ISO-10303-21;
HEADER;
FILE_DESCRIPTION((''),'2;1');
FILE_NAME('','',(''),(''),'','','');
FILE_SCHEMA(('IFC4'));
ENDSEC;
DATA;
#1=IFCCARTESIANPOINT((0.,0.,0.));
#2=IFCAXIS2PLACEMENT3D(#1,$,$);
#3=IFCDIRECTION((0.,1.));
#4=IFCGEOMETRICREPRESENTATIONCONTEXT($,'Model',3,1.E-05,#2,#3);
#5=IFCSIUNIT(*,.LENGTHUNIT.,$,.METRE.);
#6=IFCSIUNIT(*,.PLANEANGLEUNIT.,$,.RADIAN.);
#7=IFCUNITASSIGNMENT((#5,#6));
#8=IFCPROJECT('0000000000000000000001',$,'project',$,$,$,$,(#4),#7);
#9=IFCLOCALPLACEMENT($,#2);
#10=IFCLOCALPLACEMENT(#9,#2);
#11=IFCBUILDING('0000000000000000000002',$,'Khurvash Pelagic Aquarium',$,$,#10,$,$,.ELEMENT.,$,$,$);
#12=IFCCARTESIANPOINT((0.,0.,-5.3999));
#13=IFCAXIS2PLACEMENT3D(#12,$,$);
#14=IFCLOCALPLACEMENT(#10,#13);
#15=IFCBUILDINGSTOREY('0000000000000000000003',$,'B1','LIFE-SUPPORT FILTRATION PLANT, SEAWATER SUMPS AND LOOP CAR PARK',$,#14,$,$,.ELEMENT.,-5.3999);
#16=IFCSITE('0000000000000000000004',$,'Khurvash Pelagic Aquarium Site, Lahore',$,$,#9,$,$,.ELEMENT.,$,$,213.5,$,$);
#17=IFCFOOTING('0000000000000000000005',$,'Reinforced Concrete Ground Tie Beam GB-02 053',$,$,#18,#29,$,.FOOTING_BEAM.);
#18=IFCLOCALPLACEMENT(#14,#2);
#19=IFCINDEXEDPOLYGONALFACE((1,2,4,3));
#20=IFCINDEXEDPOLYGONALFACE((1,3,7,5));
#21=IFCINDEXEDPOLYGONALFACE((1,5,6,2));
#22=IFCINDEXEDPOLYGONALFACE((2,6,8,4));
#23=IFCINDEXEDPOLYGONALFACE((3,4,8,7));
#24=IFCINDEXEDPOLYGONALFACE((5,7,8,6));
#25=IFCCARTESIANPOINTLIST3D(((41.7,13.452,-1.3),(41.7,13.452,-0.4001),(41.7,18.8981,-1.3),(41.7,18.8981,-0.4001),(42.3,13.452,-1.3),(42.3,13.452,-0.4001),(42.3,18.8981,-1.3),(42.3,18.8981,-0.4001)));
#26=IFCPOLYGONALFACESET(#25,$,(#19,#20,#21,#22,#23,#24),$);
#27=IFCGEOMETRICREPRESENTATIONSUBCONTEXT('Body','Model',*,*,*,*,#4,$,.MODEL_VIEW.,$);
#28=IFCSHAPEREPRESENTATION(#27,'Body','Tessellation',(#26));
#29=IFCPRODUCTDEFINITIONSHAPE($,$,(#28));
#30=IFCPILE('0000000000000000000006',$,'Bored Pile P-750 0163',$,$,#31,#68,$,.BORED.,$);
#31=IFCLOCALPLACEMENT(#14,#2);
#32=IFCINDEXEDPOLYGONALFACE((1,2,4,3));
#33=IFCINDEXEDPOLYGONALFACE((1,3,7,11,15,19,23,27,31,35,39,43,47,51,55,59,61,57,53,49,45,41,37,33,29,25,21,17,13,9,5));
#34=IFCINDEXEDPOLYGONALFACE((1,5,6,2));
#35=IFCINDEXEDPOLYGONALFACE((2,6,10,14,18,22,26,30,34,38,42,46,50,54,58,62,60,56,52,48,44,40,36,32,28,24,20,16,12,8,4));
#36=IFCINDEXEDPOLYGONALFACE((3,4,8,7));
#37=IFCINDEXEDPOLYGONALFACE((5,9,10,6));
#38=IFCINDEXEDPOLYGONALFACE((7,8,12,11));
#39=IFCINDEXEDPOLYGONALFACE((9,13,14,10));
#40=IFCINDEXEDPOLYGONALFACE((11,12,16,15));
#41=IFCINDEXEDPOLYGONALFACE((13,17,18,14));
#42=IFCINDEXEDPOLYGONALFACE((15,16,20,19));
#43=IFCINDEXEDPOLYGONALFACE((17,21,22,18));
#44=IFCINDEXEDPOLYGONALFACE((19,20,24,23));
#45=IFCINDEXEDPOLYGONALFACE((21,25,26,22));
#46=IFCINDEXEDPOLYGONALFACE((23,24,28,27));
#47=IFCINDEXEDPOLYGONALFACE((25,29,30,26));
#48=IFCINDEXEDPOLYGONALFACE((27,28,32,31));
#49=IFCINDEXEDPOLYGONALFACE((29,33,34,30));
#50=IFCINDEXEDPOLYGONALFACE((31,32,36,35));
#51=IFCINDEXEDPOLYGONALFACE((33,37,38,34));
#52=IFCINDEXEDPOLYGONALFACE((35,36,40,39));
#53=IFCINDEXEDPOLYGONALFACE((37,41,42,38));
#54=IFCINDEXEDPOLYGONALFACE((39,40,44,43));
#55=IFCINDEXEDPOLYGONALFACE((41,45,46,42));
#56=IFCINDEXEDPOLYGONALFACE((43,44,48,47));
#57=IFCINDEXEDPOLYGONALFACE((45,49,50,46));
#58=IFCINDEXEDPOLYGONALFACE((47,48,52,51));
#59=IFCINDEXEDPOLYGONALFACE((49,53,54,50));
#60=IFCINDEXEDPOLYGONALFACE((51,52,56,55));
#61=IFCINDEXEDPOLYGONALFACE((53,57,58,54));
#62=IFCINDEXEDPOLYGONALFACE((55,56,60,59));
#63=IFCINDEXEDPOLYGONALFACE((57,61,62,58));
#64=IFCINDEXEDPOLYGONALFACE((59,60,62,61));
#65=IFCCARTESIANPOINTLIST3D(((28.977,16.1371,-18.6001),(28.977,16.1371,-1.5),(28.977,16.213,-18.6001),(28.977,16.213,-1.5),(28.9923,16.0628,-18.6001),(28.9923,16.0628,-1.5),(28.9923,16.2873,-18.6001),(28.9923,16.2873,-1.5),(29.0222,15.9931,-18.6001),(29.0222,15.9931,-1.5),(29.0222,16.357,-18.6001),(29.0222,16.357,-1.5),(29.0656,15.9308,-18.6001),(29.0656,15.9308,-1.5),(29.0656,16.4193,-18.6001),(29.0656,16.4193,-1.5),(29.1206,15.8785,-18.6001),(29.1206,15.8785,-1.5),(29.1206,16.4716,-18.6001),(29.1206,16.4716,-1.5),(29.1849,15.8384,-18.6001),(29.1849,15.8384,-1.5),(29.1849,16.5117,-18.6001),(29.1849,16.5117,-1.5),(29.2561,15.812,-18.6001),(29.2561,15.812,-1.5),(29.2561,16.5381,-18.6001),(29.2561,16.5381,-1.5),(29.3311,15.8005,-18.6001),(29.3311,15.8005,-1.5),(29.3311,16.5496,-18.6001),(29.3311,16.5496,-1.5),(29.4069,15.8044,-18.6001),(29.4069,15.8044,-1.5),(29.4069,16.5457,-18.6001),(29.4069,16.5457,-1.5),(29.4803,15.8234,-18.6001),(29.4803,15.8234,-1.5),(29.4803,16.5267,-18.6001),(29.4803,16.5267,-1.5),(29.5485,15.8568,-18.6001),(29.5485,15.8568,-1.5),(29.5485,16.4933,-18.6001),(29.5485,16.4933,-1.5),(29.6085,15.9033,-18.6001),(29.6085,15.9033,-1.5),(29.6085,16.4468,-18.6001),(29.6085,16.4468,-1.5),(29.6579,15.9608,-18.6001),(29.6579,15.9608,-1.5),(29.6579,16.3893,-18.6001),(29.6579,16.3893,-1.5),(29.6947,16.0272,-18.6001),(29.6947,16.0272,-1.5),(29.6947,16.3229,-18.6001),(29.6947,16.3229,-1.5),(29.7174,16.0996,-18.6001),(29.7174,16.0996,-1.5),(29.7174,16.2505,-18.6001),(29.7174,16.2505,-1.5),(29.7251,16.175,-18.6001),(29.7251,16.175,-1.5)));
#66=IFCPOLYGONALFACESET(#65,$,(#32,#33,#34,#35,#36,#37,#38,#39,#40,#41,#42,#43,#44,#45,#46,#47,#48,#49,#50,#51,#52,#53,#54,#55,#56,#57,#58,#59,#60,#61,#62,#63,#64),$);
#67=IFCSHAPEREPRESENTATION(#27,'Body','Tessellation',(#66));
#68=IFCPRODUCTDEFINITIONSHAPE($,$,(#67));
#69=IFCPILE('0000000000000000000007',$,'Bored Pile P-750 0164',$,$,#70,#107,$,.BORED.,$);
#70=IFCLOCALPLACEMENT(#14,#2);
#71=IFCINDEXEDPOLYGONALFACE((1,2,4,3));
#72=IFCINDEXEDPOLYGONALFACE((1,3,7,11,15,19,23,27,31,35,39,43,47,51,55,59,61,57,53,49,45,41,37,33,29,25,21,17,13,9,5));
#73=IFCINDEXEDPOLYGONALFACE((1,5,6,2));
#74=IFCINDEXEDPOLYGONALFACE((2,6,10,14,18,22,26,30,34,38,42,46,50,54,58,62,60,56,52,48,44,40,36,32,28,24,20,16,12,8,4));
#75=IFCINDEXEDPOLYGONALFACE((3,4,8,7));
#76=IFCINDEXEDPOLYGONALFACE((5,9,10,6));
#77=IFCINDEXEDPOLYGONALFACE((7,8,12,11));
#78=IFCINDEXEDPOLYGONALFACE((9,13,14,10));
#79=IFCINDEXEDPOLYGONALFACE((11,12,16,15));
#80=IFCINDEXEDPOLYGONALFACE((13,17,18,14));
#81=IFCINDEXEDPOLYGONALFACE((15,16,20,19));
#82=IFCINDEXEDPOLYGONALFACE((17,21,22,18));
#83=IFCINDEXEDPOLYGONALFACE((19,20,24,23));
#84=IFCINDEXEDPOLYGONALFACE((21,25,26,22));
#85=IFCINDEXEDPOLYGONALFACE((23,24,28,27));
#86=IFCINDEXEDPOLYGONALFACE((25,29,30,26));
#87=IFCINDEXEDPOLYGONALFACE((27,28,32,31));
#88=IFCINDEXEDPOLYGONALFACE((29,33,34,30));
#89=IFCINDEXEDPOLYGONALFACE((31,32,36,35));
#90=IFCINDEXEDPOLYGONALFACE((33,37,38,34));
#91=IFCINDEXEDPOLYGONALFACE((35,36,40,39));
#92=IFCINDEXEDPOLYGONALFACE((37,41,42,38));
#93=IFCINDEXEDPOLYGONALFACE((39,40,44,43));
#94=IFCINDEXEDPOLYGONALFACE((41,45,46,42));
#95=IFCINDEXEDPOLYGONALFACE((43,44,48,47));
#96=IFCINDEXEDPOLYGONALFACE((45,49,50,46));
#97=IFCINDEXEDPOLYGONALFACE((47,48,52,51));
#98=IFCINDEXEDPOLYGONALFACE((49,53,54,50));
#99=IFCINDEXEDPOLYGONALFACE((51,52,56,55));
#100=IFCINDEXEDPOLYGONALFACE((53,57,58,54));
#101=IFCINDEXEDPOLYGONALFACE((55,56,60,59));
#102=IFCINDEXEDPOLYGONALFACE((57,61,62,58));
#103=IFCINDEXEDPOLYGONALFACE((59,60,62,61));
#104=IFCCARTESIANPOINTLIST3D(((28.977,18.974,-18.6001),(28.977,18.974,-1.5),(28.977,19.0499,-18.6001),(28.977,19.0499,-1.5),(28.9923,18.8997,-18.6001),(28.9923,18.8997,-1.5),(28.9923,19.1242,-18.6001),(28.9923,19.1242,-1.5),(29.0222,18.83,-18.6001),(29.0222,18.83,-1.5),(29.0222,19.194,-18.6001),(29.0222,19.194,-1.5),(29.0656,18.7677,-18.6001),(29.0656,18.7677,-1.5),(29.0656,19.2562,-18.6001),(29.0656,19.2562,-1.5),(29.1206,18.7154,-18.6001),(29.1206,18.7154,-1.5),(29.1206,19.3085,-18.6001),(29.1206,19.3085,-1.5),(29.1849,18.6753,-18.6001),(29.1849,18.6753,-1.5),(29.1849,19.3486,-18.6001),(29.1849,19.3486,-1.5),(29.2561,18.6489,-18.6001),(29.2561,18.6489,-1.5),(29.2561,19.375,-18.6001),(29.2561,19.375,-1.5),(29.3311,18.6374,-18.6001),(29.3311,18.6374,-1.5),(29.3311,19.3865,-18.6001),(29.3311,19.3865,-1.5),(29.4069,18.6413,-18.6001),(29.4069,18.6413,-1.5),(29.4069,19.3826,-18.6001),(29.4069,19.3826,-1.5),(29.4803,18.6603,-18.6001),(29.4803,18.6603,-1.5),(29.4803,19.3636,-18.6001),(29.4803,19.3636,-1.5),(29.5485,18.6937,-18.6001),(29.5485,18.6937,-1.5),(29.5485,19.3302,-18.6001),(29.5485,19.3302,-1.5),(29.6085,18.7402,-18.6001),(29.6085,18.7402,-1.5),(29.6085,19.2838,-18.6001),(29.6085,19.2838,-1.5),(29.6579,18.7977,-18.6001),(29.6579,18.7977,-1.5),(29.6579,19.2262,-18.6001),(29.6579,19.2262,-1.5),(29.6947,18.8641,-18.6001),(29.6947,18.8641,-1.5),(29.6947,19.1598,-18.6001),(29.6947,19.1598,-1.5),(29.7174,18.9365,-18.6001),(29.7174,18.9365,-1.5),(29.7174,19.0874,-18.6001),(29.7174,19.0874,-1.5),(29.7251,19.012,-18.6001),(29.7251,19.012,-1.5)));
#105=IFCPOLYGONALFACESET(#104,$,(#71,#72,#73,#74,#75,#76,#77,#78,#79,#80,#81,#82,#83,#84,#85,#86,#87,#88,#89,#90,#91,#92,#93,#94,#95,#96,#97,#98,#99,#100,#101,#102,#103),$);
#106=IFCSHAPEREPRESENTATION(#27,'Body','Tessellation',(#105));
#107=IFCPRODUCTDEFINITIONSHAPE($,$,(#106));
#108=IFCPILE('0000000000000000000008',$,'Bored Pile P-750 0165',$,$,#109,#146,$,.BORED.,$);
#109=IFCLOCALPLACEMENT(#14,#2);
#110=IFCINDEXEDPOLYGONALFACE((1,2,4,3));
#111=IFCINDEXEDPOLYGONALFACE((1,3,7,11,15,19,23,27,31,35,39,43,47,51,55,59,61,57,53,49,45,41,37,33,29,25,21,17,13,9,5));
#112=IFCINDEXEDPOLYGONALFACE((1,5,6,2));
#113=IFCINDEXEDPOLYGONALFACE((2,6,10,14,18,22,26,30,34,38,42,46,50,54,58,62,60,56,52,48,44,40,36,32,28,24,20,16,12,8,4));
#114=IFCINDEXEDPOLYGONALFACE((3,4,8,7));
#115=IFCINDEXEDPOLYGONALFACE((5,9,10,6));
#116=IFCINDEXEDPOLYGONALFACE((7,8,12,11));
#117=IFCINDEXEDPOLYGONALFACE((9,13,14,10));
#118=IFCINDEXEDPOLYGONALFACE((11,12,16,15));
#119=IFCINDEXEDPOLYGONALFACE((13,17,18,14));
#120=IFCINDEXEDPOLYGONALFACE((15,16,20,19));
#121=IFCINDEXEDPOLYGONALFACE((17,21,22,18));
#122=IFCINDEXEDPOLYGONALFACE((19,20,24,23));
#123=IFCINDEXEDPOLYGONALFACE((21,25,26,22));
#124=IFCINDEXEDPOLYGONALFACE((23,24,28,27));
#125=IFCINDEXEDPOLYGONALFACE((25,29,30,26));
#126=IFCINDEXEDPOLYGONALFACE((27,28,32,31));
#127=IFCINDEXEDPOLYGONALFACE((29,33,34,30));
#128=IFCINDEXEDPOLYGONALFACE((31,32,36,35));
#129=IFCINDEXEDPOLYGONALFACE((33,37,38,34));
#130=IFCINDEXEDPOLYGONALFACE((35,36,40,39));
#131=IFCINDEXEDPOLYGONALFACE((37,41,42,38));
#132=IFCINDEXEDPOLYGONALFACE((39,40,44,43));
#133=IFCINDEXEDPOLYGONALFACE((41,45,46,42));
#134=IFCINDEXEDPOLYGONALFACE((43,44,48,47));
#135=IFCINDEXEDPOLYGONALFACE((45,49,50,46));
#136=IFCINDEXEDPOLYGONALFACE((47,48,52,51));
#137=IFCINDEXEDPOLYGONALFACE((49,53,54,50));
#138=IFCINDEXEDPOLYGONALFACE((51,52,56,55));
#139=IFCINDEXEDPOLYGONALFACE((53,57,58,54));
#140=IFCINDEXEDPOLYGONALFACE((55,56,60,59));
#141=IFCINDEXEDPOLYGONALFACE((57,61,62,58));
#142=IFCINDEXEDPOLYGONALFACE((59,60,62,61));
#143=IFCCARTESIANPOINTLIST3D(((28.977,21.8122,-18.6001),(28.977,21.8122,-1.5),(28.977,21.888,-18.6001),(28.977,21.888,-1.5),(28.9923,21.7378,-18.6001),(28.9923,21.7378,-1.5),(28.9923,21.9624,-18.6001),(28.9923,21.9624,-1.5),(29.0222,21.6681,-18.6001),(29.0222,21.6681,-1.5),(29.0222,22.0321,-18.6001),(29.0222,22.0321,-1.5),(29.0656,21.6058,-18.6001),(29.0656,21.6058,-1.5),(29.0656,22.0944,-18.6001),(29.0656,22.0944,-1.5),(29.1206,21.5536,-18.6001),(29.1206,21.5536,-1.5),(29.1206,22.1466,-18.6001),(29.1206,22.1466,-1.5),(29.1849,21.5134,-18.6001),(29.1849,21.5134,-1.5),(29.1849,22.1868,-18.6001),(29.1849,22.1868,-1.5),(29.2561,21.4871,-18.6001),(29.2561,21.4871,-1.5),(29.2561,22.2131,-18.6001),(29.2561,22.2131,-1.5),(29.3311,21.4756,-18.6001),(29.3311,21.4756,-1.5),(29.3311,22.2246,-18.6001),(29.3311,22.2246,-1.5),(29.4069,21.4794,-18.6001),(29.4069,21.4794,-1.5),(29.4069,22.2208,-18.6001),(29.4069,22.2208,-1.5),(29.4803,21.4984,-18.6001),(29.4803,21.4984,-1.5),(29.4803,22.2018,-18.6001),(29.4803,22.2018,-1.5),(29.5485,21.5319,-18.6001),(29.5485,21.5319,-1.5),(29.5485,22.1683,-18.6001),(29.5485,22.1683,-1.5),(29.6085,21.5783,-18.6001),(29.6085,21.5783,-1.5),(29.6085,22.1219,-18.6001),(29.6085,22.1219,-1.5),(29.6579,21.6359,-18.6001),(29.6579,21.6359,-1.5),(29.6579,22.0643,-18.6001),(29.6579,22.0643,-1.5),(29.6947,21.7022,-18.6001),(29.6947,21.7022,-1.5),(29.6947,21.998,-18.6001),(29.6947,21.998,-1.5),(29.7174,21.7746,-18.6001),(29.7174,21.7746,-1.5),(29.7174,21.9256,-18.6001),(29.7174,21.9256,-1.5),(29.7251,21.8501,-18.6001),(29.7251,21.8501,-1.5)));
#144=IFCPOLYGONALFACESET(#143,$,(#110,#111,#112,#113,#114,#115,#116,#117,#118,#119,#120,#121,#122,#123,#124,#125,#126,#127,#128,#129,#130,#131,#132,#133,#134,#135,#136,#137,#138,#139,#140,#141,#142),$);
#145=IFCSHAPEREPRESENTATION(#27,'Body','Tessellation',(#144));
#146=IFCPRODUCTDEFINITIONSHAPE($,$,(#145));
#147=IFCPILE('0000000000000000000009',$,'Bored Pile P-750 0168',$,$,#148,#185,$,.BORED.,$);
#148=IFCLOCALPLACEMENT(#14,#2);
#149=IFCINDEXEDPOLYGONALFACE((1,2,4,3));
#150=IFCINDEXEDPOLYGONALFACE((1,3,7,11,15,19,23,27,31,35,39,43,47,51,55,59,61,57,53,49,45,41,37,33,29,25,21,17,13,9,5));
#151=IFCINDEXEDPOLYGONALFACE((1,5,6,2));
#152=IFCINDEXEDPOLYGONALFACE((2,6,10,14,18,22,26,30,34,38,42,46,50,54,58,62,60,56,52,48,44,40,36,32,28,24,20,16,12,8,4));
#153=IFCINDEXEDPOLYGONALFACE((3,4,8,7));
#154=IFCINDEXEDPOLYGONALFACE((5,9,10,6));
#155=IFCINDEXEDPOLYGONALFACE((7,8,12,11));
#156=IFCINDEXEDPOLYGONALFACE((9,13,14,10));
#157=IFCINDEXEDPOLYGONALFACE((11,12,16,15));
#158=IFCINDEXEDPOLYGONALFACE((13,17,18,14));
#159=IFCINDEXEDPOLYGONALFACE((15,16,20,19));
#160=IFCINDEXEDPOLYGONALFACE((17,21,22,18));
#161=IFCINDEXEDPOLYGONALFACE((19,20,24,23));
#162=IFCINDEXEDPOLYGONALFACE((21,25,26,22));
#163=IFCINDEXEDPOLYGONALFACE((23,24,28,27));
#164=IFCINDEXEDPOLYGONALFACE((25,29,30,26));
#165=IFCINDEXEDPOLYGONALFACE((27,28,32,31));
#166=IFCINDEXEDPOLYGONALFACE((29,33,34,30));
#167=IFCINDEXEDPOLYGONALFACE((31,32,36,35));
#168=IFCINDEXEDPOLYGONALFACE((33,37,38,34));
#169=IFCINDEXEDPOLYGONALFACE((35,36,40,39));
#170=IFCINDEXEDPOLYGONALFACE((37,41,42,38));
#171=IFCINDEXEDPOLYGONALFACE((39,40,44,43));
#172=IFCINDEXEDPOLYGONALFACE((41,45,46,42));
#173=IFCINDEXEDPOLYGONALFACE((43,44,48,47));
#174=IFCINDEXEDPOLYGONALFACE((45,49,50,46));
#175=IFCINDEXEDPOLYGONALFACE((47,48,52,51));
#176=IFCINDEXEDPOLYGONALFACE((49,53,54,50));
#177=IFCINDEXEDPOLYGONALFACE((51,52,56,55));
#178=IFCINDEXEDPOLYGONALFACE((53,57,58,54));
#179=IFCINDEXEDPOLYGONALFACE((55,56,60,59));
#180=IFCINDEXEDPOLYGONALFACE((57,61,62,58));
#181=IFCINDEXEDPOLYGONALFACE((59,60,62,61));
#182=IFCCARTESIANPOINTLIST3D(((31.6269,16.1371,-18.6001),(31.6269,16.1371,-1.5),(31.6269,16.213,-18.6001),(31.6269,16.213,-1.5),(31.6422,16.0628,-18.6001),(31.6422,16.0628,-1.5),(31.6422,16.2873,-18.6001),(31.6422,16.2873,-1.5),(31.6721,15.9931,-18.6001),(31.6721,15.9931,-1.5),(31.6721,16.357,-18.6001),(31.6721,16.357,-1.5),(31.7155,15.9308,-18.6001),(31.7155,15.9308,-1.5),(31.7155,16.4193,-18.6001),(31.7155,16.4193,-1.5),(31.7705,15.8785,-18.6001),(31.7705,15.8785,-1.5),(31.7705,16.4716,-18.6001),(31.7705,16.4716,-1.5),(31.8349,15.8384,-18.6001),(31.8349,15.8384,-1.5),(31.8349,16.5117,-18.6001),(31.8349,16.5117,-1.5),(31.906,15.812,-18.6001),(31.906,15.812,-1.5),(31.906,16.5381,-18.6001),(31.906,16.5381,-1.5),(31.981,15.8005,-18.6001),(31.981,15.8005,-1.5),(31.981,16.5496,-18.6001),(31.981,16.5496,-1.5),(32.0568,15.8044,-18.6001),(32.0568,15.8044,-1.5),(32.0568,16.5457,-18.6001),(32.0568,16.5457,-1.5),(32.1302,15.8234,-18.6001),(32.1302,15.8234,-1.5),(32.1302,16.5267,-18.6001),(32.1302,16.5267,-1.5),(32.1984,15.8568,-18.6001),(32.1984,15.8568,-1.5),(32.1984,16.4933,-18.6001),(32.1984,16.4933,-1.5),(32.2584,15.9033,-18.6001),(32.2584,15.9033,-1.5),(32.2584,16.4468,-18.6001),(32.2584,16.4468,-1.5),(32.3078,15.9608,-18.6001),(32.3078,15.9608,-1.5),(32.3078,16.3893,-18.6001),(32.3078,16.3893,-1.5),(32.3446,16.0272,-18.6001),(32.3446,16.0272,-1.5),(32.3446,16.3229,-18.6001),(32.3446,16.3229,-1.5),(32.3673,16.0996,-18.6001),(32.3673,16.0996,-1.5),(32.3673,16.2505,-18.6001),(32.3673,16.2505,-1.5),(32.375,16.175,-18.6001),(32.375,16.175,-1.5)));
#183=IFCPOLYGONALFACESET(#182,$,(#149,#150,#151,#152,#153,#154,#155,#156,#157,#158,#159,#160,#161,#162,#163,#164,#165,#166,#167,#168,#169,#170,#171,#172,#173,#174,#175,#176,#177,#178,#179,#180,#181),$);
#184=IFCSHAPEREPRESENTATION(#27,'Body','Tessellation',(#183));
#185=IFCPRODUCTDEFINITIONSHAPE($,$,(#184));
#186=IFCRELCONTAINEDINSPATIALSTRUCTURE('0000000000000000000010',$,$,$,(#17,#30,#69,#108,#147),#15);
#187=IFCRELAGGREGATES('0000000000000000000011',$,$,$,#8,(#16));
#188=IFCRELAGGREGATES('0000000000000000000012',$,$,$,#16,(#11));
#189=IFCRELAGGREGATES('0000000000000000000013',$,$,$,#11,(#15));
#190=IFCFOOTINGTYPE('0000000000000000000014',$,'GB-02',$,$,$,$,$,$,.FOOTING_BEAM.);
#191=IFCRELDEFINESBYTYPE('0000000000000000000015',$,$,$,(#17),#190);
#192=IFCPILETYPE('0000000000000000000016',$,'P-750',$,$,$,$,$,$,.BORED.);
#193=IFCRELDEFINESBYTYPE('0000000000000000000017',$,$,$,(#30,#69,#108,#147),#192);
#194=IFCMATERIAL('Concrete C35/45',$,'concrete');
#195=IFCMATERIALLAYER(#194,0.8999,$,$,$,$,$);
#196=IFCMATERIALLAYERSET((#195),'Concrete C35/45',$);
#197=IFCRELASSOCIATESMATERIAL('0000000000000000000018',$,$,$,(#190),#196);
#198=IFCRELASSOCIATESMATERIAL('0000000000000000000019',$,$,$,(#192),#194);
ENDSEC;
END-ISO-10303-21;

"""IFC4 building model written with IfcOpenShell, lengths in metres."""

from ifc_helpers import new_model, si_unit, direction, frame, origin, origin_2d, place, context, subcontext, project, spatial, rectangle, circle, extrude, material, layer, layer_set, material_profile, profile_set, type_object, element, save


model = new_model("IFC4")

# Units and contexts
model_context = context("Model", 3, precision=1e-05, world=origin(), true_north=direction((0.0, 1.0)))
body_context = subcontext(model_context, "Body", "Model", "MODEL_VIEW")
ifc_project = project(units=[si_unit("LENGTHUNIT", "METRE"), si_unit("PLANEANGLEUNIT", "RADIAN")], contexts=[model_context])

# Site, building, storey
site_placement = place(None, origin())
site = spatial("IfcSite", under=ifc_project, at=site_placement, Name="Khurvash Pelagic Aquarium Site, Lahore", CompositionType="ELEMENT", RefElevation=213.5)
building_placement = place(site_placement, origin())
building = spatial("IfcBuilding", under=site, at=building_placement, Name="Khurvash Pelagic Aquarium", CompositionType="ELEMENT")
storey_placement = place(building_placement, frame((0.0, 0.0, -5.3999)))
storey = spatial("IfcBuildingStorey", under=building, at=storey_placement, Name="B1", Description="LIFE-SUPPORT FILTRATION PLANT, SEAWATER SUMPS AND LOOP CAR PARK", CompositionType="ELEMENT", Elevation=-5.3999)

# Footing
ifc_material_1 = material(Name="Concrete C35/45", Category="concrete")
ifc_layer_1 = layer(ifc_material_1, 0.8999)
ifc_layer_set_1 = layer_set([ifc_layer_1], Name="Concrete C35/45")
footing_type_1 = type_object("IfcFootingType", Name="GB-02", PredefinedType="FOOTING_BEAM", material=ifc_layer_set_1)
footing_1_placement = place(storey_placement, frame((42.0, 16.175, -1.3), z_axis=(0.0, 0.0, 1.0), x_axis=(0.0, 1.0, 0.0)))
element("IfcFooting", 1, at=footing_1_placement, inside=storey, type_object=footing_type_1, Name="Reinforced Concrete Ground Tie Beam GB-02 053", PredefinedType="FOOTING_BEAM", context=body_context, shape_type="SweptSolid", body=[
    extrude(rectangle(XDim=5.446, YDim=0.6001, at=origin_2d()), origin(), (0.0, 0.0, 1.0), 0.8999),
])

# Piles
ifc_material_profile_1 = material_profile(ifc_material_1, circle(Radius=0.375, at=origin_2d()), Name="PILE750")
ifc_profile_set_1 = profile_set([ifc_material_profile_1], Name="Concrete C35/45")
pile_type = type_object("IfcPileType", Name="P-750", PredefinedType="BORED", material=ifc_profile_set_1)
for number, where, z_axis, x_axis, name in (
    (2, (29.3501, 16.175, -1.5), (0.0, 0.0, -1.0), (1.0, 0.0, 0.0), "Bored Pile P-750 0163"),
    (3, (29.3501, 19.012, -1.5), (0.0, 0.0, -1.0), (1.0, 0.0, 0.0), "Bored Pile P-750 0164"),
    (4, (29.3501, 21.8501, -1.5), (0.0, 0.0, -1.0), (1.0, 0.0, 0.0), "Bored Pile P-750 0165"),
    (5, (32.0, 16.175, -1.5), (0.0, 0.0, -1.0), (1.0, 0.0, 0.0), "Bored Pile P-750 0168"),
):
    element("IfcPile", number, at=place(storey_placement, frame(where, z_axis=z_axis, x_axis=x_axis)), inside=storey, type_object=pile_type, Name=name, PredefinedType="BORED", context=body_context, shape_type="SweptSolid", body=[
        extrude(circle(Radius=0.375, at=origin_2d()), origin(), (0.0, 0.0, 1.0), 17.1001),
    ])

save(model, "model.ifc")
